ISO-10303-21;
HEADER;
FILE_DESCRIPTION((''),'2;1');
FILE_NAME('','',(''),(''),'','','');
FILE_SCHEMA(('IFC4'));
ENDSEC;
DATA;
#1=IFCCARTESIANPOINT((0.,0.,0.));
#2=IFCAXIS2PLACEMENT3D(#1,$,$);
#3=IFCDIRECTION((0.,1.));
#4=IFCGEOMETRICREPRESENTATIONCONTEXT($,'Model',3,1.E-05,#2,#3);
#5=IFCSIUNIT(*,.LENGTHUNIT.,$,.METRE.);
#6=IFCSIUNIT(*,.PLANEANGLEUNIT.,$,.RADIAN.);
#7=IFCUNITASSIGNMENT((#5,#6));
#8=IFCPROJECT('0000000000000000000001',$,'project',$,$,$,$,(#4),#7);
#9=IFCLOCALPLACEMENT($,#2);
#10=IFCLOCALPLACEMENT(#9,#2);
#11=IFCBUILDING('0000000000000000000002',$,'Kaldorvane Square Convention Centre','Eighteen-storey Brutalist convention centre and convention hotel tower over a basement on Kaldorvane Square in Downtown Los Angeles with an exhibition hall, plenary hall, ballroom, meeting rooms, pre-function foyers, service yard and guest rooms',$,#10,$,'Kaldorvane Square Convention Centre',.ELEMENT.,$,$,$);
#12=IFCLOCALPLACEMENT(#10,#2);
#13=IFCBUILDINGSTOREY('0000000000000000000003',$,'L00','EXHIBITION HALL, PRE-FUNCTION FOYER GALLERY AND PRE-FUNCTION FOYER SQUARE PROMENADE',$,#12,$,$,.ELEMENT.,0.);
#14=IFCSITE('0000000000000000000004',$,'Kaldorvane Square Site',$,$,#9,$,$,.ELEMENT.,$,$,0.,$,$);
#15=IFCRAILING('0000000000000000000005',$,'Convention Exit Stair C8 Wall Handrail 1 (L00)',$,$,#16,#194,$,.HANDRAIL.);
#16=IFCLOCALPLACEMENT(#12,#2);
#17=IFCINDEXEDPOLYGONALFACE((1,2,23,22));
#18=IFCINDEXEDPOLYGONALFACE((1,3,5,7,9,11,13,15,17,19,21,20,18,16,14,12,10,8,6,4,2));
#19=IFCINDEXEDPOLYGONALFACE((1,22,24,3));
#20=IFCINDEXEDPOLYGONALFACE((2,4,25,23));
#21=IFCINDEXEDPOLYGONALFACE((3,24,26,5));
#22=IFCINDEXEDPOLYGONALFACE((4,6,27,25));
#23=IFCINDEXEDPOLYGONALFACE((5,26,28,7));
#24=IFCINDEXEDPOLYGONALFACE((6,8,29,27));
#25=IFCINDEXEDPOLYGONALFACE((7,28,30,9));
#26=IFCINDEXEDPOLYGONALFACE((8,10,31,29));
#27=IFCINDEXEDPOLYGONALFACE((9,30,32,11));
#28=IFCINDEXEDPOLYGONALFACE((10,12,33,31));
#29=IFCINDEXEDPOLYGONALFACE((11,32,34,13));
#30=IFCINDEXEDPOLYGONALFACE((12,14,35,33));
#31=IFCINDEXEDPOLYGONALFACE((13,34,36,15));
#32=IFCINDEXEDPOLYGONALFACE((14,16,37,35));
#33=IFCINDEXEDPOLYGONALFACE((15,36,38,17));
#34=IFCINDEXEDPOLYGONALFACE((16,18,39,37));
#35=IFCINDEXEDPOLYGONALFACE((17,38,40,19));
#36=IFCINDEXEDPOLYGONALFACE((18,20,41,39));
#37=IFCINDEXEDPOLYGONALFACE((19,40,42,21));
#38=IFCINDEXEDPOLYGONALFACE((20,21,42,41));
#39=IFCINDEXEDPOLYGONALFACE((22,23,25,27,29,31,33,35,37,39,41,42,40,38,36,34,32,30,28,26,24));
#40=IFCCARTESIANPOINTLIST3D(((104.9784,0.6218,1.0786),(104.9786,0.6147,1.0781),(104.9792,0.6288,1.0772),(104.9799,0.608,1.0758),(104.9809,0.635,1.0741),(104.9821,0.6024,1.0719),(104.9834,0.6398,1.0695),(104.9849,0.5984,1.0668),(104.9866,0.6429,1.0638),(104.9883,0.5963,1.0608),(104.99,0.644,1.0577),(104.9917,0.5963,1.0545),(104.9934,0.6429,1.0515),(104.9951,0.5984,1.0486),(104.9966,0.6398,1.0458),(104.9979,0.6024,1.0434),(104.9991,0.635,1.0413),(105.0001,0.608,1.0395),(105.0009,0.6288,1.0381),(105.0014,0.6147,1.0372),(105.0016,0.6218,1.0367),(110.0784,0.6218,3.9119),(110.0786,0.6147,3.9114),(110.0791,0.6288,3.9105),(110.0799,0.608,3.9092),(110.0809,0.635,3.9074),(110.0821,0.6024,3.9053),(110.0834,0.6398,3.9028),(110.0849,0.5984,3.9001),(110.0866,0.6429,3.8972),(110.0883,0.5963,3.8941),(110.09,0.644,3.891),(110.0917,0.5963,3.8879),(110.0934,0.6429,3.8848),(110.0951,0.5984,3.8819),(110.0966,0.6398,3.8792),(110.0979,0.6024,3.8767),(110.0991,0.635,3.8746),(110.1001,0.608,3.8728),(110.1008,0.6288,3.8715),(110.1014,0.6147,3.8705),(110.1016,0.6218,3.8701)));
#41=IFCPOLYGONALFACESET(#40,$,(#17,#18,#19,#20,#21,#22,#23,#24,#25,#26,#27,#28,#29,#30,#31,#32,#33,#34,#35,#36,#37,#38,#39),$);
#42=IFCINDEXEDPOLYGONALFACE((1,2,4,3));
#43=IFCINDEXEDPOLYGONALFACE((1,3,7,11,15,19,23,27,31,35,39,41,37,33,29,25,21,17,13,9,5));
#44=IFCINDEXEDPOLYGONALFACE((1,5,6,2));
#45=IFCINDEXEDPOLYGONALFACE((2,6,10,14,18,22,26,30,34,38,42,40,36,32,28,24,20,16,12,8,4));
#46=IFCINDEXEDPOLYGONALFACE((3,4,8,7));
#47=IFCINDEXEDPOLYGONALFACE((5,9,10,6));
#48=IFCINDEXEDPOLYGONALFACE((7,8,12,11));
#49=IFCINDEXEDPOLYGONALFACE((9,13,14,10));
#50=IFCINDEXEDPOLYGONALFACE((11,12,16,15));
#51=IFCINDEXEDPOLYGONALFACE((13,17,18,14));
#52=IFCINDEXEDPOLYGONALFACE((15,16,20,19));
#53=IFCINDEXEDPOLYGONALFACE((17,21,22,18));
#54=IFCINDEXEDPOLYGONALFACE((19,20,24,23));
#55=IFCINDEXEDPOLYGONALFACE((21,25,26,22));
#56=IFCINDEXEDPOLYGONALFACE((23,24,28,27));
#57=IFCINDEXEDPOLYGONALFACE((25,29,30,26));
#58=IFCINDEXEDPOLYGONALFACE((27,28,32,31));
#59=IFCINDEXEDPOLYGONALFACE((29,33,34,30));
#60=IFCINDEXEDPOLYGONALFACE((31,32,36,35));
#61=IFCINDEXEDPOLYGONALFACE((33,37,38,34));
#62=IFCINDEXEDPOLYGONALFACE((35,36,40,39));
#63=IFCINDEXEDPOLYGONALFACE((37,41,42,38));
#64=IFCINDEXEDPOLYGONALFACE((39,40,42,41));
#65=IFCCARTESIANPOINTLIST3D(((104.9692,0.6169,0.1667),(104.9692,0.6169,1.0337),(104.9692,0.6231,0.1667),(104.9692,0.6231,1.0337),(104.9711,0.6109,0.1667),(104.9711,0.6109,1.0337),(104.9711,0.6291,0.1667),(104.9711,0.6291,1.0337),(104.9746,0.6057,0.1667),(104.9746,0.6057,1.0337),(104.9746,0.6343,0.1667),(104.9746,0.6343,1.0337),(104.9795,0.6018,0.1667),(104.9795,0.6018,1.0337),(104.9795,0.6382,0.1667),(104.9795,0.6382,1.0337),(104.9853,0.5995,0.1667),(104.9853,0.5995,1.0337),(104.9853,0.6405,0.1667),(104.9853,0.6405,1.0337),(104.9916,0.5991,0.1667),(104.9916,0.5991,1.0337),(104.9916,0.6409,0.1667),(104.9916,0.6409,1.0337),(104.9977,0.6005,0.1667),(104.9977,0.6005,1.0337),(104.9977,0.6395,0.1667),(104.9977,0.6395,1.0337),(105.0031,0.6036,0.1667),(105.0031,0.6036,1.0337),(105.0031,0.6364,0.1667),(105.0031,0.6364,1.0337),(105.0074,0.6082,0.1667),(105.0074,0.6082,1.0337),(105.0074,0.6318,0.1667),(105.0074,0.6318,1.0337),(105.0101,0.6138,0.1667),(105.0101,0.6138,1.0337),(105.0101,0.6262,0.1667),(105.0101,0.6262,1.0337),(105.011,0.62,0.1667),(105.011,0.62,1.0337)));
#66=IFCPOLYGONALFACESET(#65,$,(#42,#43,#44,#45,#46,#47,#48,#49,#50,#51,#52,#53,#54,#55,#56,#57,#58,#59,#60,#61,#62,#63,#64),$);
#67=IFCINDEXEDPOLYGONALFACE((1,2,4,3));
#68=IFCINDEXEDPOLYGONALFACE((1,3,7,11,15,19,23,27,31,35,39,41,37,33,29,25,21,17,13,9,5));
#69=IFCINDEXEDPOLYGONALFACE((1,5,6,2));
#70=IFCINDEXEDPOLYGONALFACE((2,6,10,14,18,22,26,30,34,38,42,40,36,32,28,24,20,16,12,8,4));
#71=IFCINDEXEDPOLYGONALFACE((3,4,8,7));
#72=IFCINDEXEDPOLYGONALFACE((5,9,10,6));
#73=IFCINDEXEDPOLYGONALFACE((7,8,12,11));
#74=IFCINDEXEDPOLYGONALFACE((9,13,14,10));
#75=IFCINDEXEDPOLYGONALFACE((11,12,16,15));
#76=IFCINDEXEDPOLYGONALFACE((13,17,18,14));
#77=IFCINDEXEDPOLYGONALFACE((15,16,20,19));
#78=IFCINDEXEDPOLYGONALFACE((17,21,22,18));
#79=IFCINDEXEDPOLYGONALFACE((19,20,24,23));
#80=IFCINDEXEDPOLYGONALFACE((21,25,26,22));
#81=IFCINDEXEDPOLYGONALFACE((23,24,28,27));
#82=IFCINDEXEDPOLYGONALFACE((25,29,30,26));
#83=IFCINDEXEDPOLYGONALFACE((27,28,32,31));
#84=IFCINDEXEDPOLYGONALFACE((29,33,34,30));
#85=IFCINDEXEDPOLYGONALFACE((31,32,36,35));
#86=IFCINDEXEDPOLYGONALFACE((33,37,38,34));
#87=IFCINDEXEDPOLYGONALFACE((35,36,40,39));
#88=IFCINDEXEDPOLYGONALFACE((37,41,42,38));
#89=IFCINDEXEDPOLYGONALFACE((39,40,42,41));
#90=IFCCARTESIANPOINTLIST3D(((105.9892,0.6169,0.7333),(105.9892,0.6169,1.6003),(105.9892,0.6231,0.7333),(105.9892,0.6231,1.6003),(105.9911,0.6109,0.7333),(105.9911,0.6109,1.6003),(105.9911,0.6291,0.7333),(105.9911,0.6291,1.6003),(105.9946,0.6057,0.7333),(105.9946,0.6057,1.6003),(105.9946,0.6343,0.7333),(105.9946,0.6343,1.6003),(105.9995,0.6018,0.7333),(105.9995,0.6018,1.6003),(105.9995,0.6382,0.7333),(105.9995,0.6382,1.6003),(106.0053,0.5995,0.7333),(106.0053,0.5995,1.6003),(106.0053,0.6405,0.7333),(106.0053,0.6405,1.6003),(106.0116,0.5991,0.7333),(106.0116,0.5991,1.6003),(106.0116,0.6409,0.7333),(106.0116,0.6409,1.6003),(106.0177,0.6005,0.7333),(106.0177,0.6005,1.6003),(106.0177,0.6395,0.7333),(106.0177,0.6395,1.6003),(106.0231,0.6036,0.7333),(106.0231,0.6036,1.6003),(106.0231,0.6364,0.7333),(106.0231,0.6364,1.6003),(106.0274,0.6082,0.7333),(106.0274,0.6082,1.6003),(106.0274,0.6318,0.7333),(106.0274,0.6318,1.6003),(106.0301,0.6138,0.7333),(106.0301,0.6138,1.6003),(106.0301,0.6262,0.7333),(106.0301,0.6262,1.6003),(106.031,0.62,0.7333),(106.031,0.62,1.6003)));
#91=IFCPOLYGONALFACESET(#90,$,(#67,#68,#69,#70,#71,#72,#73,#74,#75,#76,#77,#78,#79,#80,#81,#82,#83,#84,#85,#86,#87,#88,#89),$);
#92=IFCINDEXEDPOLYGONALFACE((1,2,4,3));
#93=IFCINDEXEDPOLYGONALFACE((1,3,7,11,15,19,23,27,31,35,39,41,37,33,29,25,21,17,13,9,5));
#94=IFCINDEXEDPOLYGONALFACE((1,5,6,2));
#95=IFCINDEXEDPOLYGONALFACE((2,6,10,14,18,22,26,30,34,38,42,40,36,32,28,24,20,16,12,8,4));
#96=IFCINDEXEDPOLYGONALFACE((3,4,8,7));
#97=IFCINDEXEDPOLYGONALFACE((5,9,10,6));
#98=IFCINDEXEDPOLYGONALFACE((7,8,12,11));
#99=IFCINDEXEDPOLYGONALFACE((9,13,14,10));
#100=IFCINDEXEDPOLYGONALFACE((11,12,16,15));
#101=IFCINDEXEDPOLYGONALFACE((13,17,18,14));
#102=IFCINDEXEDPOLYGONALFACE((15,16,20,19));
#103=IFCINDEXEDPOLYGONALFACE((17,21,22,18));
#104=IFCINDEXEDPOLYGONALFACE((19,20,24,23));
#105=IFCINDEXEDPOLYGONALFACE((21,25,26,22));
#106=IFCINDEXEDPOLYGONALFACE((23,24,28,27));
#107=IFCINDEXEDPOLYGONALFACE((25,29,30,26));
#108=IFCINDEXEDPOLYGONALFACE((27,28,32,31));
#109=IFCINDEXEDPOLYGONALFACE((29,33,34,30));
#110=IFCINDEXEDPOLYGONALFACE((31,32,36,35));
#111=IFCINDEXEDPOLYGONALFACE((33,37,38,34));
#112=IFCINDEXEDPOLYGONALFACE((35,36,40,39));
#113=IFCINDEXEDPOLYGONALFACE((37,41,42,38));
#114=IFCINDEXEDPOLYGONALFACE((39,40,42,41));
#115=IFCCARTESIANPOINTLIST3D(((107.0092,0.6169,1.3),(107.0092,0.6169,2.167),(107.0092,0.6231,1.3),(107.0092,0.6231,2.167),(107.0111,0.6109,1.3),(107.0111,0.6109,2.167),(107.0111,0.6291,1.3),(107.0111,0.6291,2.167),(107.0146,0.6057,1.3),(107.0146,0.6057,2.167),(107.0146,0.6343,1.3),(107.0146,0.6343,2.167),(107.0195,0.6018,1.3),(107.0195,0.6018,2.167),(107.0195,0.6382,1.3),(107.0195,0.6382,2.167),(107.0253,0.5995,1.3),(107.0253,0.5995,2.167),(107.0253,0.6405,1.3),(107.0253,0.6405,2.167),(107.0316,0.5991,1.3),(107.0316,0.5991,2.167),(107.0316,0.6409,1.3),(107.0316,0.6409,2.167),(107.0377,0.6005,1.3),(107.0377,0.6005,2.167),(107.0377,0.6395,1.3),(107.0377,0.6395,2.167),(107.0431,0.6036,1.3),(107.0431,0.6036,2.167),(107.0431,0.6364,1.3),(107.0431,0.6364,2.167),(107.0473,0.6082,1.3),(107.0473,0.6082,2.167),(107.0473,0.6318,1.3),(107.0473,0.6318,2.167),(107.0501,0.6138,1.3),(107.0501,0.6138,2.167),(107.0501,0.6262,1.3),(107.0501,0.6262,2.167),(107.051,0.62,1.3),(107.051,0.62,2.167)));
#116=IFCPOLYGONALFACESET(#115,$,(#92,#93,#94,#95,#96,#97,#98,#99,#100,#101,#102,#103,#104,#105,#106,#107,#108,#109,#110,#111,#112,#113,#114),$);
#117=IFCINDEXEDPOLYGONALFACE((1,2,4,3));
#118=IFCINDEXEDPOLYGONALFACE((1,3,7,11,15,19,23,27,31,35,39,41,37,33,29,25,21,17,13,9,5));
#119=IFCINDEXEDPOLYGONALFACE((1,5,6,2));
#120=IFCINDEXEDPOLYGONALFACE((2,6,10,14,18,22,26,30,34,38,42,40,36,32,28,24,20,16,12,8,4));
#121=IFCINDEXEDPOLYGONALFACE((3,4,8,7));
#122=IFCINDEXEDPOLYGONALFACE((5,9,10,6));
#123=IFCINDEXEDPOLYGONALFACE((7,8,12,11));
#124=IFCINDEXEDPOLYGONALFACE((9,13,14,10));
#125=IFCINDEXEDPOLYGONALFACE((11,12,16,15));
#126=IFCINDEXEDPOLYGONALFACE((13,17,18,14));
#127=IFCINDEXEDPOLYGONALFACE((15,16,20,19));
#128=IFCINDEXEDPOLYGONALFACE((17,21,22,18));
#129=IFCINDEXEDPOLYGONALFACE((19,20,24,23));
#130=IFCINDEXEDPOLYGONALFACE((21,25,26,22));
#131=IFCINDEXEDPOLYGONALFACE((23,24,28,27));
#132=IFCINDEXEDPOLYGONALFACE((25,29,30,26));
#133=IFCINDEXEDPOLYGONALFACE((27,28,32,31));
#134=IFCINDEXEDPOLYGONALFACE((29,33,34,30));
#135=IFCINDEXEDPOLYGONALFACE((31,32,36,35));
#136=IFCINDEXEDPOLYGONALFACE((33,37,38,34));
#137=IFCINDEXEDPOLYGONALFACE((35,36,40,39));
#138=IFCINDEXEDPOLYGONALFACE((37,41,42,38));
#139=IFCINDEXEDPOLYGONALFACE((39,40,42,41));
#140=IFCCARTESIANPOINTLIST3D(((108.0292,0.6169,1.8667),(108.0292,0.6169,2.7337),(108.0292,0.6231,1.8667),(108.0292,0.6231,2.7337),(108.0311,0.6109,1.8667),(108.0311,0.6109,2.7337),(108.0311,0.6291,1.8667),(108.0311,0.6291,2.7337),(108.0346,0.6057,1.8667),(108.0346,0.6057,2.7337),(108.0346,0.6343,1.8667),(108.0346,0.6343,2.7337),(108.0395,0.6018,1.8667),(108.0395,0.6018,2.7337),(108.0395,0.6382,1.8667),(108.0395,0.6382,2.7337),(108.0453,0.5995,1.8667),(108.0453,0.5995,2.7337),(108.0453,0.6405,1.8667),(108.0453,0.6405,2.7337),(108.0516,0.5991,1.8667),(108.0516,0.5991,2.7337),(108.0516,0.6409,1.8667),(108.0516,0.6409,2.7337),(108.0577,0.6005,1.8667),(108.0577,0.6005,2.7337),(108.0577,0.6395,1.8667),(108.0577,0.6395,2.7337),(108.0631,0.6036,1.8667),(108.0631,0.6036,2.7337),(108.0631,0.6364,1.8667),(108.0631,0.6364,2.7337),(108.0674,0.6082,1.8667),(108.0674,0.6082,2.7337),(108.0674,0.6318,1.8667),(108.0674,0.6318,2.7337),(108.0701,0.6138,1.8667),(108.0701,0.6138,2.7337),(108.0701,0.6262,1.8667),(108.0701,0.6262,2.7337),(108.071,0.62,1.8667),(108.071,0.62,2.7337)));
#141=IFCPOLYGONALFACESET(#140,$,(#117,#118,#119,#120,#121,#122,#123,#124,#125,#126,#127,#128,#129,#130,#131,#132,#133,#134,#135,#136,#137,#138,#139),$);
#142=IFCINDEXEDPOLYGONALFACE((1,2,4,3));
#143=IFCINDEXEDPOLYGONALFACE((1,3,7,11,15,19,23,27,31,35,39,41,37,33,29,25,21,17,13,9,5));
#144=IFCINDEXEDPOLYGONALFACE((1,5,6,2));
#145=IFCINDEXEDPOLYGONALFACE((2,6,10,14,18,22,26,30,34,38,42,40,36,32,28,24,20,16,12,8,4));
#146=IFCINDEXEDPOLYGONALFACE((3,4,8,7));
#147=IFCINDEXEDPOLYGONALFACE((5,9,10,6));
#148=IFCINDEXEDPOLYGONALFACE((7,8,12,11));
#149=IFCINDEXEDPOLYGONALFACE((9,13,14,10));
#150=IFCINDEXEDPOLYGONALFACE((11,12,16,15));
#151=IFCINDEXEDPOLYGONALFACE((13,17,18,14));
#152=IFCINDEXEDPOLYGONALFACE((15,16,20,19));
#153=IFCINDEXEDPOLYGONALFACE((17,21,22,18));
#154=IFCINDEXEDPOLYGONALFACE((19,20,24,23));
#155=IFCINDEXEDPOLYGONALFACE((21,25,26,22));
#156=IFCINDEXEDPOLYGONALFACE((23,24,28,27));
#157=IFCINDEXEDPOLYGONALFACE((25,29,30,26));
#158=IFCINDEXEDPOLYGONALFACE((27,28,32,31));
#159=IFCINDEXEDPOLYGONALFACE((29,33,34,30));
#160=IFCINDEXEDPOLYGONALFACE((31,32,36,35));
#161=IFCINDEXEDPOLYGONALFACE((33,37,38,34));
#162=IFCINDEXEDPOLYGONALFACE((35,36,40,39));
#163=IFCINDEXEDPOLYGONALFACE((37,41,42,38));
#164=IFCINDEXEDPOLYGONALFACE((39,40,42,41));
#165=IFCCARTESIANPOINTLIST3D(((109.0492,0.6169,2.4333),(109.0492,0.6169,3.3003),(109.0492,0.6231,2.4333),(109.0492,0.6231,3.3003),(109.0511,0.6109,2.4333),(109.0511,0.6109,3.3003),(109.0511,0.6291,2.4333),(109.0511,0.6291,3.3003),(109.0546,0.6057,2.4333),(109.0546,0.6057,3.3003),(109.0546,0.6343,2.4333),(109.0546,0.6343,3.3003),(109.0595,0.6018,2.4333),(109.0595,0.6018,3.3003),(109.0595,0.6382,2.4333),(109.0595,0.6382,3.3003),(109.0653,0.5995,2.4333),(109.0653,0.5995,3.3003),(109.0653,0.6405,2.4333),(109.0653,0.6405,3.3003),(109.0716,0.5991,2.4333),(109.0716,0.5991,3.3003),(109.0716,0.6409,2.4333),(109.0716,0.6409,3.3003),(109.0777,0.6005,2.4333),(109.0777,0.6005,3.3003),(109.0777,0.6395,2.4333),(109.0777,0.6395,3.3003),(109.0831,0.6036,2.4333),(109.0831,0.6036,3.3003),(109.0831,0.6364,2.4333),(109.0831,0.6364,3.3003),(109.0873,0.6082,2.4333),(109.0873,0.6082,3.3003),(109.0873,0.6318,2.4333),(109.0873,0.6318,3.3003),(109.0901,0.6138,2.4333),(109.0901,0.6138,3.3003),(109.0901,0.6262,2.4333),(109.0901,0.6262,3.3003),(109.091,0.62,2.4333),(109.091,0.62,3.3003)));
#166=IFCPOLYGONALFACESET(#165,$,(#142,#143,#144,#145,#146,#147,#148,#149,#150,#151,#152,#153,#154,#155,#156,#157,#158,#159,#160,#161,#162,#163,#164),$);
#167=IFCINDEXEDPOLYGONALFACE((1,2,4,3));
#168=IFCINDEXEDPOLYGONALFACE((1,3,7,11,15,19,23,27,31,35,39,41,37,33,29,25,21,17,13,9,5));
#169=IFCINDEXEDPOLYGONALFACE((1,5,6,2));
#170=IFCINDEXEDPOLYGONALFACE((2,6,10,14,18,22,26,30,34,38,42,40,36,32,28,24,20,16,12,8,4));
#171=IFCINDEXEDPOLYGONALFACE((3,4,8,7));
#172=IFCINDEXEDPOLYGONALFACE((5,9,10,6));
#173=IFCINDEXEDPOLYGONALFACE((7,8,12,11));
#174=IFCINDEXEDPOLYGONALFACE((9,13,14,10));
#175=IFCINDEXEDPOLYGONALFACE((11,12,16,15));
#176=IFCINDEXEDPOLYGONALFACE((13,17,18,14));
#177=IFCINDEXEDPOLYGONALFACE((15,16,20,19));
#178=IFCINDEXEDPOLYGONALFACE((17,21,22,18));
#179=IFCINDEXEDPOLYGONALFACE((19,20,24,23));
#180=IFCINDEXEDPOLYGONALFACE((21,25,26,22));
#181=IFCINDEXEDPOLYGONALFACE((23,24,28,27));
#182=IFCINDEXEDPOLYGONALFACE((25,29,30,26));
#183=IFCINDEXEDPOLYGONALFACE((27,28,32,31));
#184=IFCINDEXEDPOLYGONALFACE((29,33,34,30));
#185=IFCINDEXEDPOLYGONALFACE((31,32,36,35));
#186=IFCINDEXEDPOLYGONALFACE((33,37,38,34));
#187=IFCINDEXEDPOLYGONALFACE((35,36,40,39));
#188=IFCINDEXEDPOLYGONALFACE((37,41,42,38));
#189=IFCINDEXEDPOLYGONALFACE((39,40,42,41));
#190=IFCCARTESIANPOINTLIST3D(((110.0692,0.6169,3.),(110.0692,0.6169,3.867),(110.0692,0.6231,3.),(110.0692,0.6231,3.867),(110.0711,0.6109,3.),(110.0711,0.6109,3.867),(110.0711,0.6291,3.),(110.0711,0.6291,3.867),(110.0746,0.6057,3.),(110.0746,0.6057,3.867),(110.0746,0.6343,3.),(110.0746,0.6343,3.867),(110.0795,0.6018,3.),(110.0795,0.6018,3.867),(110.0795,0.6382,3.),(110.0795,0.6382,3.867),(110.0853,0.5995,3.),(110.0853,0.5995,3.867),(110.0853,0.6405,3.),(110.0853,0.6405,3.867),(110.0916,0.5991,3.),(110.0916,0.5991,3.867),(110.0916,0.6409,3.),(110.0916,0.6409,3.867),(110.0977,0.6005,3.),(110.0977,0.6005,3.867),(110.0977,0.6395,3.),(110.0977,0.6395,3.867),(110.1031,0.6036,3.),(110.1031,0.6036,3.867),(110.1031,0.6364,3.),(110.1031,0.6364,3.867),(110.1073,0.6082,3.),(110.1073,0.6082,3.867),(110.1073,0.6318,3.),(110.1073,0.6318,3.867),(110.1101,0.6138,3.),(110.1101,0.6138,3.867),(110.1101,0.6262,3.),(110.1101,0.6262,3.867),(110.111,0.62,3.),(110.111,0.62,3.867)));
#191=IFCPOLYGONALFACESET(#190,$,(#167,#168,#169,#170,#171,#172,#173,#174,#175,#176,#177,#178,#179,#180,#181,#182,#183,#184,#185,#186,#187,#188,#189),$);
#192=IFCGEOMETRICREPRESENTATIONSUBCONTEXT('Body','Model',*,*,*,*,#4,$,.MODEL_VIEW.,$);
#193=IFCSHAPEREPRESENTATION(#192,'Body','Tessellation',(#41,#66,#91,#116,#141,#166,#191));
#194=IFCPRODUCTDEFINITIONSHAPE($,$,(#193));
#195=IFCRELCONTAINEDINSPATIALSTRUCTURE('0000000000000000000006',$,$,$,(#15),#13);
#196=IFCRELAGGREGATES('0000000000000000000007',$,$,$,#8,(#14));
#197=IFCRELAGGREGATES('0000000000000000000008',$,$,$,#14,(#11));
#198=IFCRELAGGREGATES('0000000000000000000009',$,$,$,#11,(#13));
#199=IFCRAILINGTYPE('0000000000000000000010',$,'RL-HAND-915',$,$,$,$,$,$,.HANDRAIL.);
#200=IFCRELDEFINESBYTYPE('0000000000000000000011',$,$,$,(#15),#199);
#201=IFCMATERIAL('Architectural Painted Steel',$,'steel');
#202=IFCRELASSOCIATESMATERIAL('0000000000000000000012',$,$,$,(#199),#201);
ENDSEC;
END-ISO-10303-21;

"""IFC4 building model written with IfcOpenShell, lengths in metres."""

from ifc_helpers import new_model, si_unit, direction, frame, origin, origin_2d, place, context, subcontext, project, spatial, circle, extrude, material, type_object, element, save


model = new_model("IFC4")

# Units and contexts
model_context = context("Model", 3, precision=1e-05, world=origin(), true_north=direction((0.0, 1.0)))
body_context = subcontext(model_context, "Body", "Model", "MODEL_VIEW")
ifc_project = project(units=[si_unit("LENGTHUNIT", "METRE"), si_unit("PLANEANGLEUNIT", "RADIAN")], contexts=[model_context])

# Site, building, storey
site_placement = place(None, origin())
site = spatial("IfcSite", under=ifc_project, at=site_placement, Name="Kaldorvane Square Site", CompositionType="ELEMENT", RefElevation=0.0)
building_placement = place(site_placement, origin())
building = spatial("IfcBuilding", under=site, at=building_placement, Name="Kaldorvane Square Convention Centre", Description="Eighteen-storey Brutalist convention centre and convention hotel tower over a basement on Kaldorvane Square in Downtown Los Angeles with an exhibition hall, plenary hall, ballroom, meeting rooms, pre-function foyers, service yard and guest rooms", LongName="Kaldorvane Square Convention Centre", CompositionType="ELEMENT")
storey_placement = place(building_placement, origin())
storey = spatial("IfcBuildingStorey", under=building, at=storey_placement, Name="L00", Description="EXHIBITION HALL, PRE-FUNCTION FOYER GALLERY AND PRE-FUNCTION FOYER SQUARE PROMENADE", CompositionType="ELEMENT", Elevation=0.0)

# Railing
ifc_material_1 = material(Name="Architectural Painted Steel", Category="steel")
railing_type_1 = type_object("IfcRailingType", Name="RL-HAND-915", PredefinedType="HANDRAIL", material=ifc_material_1)
railing_1_placement = place(storey_placement, frame((104.99, 0.62, 0.1667)))
element("IfcRailing", 1, at=railing_1_placement, inside=storey, type_object=railing_type_1, Name="Convention Exit Stair C8 Wall Handrail 1 (L00)", PredefinedType="HANDRAIL", context=body_context, shape_type="SweptSolid", body=[
    extrude(circle(Radius=0.024, at=origin_2d()), frame((0.0, 0.0, 0.891), z_axis=(0.874157, 0.0, 0.485643), x_axis=(0.0, 1.0, 0.0)), (0.0, 0.0, 1.0), 5.8342),
    extrude(circle(Radius=0.021, at=origin_2d()), origin(), (0.0, 0.0, 1.0), 0.867),
    extrude(circle(Radius=0.021, at=origin_2d()), frame((1.02, 0.0, 0.5667)), (0.0, 0.0, 1.0), 0.867),
    extrude(circle(Radius=0.021, at=origin_2d()), frame((2.04, 0.0, 1.1333)), (0.0, 0.0, 1.0), 0.867),
    extrude(circle(Radius=0.021, at=origin_2d()), frame((3.06, 0.0, 1.7)), (0.0, 0.0, 1.0), 0.867),
    extrude(circle(Radius=0.021, at=origin_2d()), frame((4.08, 0.0, 2.2667)), (0.0, 0.0, 1.0), 0.867),
    extrude(circle(Radius=0.021, at=origin_2d()), frame((5.1, 0.0, 2.8333)), (0.0, 0.0, 1.0), 0.867),
])

save(model, "model.ifc")
